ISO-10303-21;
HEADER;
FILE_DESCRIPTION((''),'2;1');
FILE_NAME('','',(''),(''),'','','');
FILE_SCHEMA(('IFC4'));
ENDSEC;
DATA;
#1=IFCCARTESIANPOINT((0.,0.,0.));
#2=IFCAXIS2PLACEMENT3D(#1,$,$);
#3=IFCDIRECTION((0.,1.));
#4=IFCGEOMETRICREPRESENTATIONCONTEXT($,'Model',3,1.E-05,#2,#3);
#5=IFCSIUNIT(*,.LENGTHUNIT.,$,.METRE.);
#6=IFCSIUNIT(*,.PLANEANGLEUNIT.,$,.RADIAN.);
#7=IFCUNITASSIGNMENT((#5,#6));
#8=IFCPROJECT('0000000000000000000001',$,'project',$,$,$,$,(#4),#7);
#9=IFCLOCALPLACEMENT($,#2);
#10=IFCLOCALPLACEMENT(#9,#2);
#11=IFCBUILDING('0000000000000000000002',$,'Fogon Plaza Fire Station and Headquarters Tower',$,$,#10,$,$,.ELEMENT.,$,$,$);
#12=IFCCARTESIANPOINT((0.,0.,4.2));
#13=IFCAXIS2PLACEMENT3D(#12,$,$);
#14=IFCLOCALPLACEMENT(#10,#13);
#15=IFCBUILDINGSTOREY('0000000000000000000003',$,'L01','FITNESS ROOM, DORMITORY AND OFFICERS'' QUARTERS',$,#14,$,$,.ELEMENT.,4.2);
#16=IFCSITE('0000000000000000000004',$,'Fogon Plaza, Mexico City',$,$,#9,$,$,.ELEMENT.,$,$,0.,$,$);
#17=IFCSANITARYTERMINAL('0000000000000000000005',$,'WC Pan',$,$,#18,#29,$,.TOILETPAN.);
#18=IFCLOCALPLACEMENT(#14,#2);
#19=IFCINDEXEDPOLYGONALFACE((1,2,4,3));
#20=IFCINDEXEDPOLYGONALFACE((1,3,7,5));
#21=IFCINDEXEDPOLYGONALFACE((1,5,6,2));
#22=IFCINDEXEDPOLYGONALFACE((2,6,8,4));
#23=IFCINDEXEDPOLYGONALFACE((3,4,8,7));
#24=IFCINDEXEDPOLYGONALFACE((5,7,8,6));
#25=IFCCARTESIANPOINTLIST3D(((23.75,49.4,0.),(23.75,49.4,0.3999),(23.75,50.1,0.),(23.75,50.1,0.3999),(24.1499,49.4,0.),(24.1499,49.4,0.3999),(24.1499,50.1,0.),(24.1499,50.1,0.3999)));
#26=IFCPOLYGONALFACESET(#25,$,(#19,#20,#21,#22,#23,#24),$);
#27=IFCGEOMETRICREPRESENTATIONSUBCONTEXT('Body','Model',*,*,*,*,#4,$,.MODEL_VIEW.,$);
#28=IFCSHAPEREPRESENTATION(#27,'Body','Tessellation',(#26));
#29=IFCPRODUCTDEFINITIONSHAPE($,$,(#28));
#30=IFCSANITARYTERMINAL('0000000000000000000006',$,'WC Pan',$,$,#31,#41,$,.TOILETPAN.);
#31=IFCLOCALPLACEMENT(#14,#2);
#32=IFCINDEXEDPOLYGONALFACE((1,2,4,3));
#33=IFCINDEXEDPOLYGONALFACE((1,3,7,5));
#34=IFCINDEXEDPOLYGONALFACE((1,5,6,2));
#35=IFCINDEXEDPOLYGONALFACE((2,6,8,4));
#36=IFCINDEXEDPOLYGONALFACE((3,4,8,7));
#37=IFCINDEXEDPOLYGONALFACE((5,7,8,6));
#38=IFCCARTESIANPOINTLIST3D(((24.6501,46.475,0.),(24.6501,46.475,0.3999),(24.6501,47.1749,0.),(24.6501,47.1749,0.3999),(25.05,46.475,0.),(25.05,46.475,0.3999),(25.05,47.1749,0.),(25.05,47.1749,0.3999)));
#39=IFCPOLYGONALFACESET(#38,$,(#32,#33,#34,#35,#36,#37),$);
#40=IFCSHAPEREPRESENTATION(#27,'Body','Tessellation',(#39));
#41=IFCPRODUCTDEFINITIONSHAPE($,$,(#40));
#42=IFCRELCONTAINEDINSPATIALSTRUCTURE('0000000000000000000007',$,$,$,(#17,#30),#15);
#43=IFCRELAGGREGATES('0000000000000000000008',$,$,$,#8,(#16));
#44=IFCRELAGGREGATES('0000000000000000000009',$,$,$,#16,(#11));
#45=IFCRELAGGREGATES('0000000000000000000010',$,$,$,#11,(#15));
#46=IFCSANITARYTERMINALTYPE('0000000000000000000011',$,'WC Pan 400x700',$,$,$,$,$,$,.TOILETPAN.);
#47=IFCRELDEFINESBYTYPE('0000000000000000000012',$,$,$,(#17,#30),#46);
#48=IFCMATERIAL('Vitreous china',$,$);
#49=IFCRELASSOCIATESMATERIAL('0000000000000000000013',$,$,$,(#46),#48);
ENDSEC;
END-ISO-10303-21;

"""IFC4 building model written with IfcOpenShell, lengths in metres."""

from ifc_helpers import new_model, si_unit, direction, frame, origin, origin_2d, place, context, subcontext, project, spatial, rectangle, extrude, material, type_object, element, save


model = new_model("IFC4")

# Units and contexts
model_context = context("Model", 3, precision=1e-05, world=origin(), true_north=direction((0.0, 1.0)))
body_context = subcontext(model_context, "Body", "Model", "MODEL_VIEW")
ifc_project = project(units=[si_unit("LENGTHUNIT", "METRE"), si_unit("PLANEANGLEUNIT", "RADIAN")], contexts=[model_context])

# Site, building, storey
site_placement = place(None, origin())
site = spatial("IfcSite", under=ifc_project, at=site_placement, Name="Fogon Plaza, Mexico City", CompositionType="ELEMENT", RefElevation=0.0)
building_placement = place(site_placement, origin())
building = spatial("IfcBuilding", under=site, at=building_placement, Name="Fogon Plaza Fire Station and Headquarters Tower", CompositionType="ELEMENT")
storey_placement = place(building_placement, frame((0.0, 0.0, 4.2)))
storey = spatial("IfcBuildingStorey", under=building, at=storey_placement, Name="L01", Description="FITNESS ROOM, DORMITORY AND OFFICERS' QUARTERS", CompositionType="ELEMENT", Elevation=4.2)

# Sanitary terminals
ifc_material_1 = material(Name="Vitreous china")
sanitary_terminal_type_1 = type_object("IfcSanitaryTerminalType", Name="WC Pan 400x700", PredefinedType="TOILETPAN", material=ifc_material_1)
for number, where, z_axis, x_axis, name in (
    (1, (23.95, 49.75, 0.0), (0.0, 0.0, 1.0), (1.0, 0.0, 0.0), "WC Pan"),
    (2, (24.8501, 46.825, 0.0), (0.0, 0.0, 1.0), (1.0, 0.0, 0.0), "WC Pan"),
):
    element("IfcSanitaryTerminal", number, at=place(storey_placement, frame(where, z_axis=z_axis, x_axis=x_axis)), inside=storey, type_object=sanitary_terminal_type_1, Name=name, PredefinedType="TOILETPAN", context=body_context, shape_type="SweptSolid", body=[
        extrude(rectangle(XDim=0.3999, YDim=0.7, at=origin_2d()), origin(), (0.0, 0.0, 1.0), 0.3999),
    ])

save(model, "model.ifc")
